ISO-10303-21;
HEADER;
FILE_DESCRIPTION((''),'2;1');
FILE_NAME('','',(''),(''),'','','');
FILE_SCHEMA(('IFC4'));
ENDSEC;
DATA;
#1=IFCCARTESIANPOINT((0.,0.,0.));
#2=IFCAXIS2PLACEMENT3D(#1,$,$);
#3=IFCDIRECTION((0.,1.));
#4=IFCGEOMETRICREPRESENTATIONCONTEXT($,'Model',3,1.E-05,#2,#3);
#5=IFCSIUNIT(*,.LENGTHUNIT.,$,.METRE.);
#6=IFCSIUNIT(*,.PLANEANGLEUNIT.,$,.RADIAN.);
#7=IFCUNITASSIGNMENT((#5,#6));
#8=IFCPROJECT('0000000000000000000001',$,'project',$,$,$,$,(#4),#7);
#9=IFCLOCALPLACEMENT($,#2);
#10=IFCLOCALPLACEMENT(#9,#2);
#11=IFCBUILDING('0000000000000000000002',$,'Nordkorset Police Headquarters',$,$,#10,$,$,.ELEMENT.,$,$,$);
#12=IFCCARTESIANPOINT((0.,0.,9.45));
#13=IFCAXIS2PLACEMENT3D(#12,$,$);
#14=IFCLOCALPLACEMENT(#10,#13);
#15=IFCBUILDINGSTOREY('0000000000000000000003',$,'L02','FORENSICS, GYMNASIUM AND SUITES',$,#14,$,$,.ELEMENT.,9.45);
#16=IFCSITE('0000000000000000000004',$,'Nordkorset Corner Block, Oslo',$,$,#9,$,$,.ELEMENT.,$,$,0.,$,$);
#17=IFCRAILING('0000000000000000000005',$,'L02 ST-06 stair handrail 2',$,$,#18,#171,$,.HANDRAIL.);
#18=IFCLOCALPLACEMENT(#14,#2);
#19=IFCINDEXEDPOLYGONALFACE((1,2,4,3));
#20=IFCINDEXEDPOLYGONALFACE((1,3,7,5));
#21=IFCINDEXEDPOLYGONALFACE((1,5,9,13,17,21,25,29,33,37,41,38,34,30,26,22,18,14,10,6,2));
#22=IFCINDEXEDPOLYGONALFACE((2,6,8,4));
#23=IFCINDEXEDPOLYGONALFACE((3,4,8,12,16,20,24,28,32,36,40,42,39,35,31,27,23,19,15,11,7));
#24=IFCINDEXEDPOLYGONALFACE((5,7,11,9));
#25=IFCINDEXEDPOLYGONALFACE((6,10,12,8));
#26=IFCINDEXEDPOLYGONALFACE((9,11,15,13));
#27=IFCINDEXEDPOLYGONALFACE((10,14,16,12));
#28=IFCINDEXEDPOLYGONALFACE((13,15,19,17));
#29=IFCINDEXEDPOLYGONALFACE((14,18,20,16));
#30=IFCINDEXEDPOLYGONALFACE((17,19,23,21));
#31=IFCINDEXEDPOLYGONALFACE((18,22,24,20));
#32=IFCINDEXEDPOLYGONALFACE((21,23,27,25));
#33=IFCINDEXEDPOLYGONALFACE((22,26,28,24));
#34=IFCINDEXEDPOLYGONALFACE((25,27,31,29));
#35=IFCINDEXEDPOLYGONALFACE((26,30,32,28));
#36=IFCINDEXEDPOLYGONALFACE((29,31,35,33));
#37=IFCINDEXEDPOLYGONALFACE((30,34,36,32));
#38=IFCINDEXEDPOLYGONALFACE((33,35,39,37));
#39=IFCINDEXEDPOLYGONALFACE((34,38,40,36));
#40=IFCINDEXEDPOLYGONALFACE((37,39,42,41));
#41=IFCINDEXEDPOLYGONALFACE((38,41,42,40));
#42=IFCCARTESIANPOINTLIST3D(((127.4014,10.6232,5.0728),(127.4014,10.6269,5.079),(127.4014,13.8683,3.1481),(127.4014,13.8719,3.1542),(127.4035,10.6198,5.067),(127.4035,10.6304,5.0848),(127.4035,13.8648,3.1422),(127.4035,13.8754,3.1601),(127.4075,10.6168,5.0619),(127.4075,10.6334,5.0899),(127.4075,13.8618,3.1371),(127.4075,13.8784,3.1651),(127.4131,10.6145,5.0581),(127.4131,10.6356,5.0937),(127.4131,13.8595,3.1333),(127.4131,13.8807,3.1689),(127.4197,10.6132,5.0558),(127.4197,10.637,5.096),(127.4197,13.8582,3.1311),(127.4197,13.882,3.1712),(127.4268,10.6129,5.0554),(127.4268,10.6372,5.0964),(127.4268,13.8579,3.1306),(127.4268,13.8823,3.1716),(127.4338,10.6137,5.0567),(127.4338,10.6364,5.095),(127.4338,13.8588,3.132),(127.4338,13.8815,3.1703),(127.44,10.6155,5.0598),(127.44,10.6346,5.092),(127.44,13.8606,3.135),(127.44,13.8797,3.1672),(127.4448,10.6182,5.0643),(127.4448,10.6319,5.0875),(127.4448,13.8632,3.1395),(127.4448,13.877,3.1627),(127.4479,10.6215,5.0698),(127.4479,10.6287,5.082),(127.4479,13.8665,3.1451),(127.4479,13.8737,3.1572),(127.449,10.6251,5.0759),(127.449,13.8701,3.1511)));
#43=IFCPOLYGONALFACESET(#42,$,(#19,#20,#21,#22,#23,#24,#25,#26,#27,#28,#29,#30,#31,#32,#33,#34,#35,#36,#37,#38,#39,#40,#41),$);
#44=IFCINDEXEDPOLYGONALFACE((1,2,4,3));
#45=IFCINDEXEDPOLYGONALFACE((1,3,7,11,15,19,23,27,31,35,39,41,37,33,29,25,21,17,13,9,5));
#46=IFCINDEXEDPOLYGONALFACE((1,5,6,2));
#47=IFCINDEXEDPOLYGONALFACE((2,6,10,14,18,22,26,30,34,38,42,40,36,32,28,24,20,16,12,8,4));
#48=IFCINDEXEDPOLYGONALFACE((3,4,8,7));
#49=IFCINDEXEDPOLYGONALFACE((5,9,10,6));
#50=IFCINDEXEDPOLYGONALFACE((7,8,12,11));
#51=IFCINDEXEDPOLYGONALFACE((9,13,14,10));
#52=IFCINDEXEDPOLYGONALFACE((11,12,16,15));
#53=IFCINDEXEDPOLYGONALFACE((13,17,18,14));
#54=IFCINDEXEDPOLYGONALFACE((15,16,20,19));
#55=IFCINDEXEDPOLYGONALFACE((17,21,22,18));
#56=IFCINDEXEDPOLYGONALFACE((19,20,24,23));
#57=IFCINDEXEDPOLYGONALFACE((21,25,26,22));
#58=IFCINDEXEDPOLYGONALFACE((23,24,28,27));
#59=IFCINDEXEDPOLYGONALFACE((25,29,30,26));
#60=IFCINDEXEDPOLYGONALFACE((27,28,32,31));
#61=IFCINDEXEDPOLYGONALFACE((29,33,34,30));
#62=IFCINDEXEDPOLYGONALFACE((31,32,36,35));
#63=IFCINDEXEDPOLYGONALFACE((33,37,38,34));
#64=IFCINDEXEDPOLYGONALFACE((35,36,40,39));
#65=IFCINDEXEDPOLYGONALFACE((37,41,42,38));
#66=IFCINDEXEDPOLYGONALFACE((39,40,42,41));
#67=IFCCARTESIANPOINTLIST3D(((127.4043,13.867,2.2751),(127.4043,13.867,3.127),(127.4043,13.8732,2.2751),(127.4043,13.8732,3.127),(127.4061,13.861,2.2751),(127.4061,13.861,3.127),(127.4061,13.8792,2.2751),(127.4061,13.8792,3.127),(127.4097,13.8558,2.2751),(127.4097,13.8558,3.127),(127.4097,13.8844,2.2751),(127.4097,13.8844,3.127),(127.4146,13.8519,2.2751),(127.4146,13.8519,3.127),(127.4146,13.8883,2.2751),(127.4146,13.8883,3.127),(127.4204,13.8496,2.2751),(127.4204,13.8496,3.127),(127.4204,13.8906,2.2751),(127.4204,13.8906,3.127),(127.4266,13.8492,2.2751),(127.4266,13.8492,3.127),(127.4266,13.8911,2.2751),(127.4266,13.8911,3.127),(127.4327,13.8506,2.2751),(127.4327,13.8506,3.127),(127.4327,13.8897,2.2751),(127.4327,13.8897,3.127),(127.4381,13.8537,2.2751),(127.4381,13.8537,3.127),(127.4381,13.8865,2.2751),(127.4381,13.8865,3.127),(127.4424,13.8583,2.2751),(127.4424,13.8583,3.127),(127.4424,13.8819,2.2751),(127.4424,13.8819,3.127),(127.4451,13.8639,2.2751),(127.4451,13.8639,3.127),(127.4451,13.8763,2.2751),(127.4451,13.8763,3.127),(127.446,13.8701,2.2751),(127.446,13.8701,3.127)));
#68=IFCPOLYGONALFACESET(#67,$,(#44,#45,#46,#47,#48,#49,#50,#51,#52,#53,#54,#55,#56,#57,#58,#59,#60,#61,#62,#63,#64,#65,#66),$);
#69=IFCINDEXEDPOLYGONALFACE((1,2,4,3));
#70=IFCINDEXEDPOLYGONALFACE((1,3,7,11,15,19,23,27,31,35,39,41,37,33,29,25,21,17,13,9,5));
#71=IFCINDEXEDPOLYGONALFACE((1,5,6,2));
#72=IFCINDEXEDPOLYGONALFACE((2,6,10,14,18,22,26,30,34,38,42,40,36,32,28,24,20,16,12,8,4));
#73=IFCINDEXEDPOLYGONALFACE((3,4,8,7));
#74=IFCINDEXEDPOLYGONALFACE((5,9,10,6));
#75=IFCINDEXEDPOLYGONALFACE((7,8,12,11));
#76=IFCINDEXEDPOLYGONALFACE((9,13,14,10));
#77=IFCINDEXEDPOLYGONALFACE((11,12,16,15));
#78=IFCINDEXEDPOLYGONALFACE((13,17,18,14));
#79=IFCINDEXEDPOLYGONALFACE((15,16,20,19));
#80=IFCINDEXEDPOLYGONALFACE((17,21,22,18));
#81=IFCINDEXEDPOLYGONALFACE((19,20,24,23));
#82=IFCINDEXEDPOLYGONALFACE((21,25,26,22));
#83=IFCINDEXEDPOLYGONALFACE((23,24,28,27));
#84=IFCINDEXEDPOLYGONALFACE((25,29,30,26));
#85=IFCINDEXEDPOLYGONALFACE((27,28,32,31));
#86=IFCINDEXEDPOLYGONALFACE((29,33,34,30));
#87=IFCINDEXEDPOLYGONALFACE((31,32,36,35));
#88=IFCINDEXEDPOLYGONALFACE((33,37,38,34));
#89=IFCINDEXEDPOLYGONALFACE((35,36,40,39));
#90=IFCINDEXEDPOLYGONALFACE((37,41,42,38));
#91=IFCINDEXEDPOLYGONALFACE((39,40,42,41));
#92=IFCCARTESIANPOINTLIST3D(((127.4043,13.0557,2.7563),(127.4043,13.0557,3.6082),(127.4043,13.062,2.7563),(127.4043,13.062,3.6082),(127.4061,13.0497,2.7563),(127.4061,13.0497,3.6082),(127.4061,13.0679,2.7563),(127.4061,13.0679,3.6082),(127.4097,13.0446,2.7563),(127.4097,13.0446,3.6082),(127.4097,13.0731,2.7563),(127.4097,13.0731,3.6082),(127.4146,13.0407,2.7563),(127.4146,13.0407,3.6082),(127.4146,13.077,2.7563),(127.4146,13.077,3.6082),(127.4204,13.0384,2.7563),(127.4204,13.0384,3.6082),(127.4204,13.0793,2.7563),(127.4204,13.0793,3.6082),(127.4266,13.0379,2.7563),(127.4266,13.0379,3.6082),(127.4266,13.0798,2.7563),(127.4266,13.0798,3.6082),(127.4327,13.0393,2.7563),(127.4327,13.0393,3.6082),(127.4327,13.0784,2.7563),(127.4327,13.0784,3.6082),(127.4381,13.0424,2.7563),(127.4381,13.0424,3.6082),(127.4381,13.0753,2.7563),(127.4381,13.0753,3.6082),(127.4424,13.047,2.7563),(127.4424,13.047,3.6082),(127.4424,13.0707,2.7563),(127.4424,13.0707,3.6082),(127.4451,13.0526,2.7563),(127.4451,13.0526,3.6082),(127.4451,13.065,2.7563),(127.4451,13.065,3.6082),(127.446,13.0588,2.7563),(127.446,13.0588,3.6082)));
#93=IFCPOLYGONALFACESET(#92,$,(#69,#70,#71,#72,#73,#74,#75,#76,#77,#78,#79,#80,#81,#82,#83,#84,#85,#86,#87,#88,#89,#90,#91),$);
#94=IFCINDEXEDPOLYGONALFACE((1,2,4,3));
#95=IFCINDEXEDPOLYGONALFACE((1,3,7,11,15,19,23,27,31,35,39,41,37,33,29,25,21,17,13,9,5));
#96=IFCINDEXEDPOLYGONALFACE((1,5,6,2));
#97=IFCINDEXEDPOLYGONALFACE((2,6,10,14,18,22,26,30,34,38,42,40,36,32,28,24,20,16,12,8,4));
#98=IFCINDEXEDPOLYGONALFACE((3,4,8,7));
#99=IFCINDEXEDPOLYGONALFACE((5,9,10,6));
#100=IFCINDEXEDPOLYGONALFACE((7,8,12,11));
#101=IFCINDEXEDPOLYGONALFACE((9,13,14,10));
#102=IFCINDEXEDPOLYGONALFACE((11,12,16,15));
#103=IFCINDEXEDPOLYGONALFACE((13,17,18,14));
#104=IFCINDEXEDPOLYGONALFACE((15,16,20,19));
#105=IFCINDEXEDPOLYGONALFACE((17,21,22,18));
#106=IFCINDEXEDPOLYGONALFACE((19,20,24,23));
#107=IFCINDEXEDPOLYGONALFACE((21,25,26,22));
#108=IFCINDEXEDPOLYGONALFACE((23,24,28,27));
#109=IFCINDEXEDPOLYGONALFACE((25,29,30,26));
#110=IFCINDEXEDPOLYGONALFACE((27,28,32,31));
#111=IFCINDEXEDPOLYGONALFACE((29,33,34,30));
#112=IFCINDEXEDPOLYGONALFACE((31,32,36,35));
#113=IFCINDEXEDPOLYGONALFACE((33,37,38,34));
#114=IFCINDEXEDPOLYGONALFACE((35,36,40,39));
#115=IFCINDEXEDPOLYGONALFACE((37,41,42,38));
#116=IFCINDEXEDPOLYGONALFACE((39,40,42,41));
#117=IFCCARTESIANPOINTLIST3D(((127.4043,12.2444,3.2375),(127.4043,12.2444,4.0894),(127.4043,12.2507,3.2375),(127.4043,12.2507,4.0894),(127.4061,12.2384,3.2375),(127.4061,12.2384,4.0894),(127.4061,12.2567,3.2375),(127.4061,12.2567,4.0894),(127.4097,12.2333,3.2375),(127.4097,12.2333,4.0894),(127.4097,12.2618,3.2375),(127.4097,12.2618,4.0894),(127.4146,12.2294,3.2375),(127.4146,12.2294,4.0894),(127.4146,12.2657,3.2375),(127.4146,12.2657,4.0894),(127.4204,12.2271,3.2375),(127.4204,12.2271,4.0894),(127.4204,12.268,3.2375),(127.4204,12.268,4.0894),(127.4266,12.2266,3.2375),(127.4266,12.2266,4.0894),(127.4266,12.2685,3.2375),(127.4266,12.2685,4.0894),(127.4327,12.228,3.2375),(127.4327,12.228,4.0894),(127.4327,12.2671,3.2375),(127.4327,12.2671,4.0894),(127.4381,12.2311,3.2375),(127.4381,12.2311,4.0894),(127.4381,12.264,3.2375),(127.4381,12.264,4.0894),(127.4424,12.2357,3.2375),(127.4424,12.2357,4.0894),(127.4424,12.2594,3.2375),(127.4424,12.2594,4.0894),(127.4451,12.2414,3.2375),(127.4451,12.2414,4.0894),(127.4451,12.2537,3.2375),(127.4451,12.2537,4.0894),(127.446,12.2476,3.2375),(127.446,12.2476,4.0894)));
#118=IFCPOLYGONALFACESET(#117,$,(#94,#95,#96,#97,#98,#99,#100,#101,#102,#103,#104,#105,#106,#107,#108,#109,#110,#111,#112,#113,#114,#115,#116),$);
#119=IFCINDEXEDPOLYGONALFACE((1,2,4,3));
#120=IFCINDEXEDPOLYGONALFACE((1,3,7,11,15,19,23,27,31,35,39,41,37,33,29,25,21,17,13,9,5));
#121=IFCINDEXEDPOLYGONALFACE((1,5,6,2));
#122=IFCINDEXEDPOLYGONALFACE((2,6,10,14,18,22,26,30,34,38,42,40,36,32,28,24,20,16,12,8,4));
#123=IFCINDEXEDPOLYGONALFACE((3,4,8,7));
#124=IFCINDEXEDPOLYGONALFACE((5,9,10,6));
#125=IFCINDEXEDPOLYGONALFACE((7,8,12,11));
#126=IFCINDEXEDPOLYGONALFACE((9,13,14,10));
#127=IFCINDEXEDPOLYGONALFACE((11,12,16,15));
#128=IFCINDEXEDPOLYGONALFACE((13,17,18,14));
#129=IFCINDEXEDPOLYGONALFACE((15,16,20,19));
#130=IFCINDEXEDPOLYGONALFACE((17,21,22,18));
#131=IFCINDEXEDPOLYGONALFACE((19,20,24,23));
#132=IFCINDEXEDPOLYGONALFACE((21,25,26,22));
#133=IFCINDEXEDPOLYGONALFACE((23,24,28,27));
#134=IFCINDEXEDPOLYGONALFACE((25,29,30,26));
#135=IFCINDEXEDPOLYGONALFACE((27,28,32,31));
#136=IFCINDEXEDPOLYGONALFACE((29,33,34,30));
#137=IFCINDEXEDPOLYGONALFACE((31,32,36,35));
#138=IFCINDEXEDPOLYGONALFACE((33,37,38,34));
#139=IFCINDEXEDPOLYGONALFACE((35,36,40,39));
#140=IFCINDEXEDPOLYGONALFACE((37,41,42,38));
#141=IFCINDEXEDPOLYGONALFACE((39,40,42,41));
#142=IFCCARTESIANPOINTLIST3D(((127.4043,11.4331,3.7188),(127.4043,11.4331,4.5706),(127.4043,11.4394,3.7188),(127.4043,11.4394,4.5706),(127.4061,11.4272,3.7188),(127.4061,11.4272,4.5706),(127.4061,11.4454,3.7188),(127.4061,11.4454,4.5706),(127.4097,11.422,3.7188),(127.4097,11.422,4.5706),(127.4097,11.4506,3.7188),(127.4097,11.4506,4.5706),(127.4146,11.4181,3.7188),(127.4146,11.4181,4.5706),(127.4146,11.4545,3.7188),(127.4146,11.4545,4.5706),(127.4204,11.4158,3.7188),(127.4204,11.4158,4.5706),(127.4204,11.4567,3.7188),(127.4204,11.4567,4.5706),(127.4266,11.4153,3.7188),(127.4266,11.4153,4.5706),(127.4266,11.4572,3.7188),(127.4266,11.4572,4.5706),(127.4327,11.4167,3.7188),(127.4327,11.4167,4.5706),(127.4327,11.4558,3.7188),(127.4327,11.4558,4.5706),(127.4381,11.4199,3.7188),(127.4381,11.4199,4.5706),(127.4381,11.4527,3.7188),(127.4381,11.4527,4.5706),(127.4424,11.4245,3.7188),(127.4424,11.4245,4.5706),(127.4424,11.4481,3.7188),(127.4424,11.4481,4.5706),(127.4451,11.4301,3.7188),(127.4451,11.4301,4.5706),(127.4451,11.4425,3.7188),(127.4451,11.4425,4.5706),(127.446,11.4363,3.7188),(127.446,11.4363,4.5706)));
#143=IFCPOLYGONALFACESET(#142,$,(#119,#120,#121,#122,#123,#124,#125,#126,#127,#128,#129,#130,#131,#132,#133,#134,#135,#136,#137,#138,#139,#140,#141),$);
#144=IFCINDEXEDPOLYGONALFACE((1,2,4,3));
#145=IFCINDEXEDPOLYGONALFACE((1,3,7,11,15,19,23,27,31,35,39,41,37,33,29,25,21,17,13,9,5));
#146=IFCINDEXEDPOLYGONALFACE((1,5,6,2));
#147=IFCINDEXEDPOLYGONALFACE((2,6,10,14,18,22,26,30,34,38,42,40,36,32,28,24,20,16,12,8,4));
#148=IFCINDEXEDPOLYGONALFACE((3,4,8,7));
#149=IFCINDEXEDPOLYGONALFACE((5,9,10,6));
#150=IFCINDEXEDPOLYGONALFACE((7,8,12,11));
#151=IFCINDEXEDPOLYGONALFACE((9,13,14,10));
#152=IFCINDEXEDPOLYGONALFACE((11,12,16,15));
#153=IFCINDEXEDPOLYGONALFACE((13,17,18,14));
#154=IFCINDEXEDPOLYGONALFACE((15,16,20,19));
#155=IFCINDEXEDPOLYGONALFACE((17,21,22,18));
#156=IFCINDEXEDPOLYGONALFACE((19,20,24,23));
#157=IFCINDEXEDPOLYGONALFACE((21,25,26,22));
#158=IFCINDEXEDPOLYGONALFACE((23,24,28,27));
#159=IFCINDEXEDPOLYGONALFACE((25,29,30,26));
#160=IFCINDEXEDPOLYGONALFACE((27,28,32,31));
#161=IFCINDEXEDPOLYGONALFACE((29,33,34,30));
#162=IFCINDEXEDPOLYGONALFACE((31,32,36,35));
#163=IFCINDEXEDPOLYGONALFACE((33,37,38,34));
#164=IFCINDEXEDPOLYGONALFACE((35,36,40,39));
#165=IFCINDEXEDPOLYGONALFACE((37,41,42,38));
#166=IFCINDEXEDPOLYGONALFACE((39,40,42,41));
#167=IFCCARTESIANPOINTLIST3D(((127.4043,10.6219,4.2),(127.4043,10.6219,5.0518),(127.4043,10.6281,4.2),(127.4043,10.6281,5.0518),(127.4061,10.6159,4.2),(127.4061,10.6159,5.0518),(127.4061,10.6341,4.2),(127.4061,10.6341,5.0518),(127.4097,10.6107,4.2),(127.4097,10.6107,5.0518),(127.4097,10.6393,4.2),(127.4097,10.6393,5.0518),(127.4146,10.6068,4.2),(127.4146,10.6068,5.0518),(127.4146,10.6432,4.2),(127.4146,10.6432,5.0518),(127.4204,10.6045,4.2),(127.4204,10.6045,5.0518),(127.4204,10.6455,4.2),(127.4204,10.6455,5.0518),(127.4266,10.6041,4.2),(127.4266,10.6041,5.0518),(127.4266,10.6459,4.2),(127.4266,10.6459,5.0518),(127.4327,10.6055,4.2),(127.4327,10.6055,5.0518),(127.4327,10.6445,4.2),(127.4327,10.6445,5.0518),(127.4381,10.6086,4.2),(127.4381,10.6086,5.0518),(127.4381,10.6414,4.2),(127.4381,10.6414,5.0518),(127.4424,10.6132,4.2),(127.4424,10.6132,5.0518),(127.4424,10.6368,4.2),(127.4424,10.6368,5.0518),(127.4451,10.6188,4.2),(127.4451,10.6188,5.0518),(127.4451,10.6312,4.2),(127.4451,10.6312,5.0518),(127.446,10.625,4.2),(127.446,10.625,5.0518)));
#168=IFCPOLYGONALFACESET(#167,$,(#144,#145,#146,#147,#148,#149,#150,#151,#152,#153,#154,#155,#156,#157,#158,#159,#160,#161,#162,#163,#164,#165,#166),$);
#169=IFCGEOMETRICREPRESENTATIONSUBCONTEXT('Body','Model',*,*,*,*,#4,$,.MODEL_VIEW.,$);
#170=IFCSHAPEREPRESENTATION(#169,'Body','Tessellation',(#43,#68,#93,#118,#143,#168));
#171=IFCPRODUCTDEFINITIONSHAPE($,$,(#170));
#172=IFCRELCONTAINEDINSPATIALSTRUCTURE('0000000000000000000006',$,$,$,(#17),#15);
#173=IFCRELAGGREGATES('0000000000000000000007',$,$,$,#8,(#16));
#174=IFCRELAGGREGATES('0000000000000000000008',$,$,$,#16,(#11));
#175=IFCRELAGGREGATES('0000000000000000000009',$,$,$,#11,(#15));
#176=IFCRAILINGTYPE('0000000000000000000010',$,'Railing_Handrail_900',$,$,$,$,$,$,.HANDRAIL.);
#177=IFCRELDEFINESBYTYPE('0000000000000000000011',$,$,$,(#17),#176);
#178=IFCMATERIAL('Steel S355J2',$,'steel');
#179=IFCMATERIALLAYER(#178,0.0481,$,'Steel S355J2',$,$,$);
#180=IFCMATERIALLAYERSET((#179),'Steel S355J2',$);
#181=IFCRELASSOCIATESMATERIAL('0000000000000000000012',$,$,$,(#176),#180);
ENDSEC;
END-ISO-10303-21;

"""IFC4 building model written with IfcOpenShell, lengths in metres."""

from ifc_helpers import new_model, si_unit, direction, frame, origin, origin_2d, place, context, subcontext, project, spatial, circle, extrude, material, layer, layer_set, type_object, element, save


model = new_model("IFC4")

# Units and contexts
model_context = context("Model", 3, precision=1e-05, world=origin(), true_north=direction((0.0, 1.0)))
body_context = subcontext(model_context, "Body", "Model", "MODEL_VIEW")
ifc_project = project(units=[si_unit("LENGTHUNIT", "METRE"), si_unit("PLANEANGLEUNIT", "RADIAN")], contexts=[model_context])

# Site, building, storey
site_placement = place(None, origin())
site = spatial("IfcSite", under=ifc_project, at=site_placement, Name="Nordkorset Corner Block, Oslo", CompositionType="ELEMENT", RefElevation=0.0)
building_placement = place(site_placement, origin())
building = spatial("IfcBuilding", under=site, at=building_placement, Name="Nordkorset Police Headquarters", CompositionType="ELEMENT")
storey_placement = place(building_placement, frame((0.0, 0.0, 9.45)))
storey = spatial("IfcBuildingStorey", under=building, at=storey_placement, Name="L02", Description="FORENSICS, GYMNASIUM AND SUITES", CompositionType="ELEMENT", Elevation=9.45)

# Railing
ifc_material_1 = material(Name="Steel S355J2", Category="steel")
ifc_layer_1 = layer(ifc_material_1, 0.0481, Name="Steel S355J2")
ifc_layer_set_1 = layer_set([ifc_layer_1], Name="Steel S355J2")
railing_type_1 = type_object("IfcRailingType", Name="Railing_Handrail_900", PredefinedType="HANDRAIL", material=ifc_layer_set_1)
railing_1_placement = place(storey_placement, frame((127.425, 13.8701, 2.2751)))
element("IfcRailing", 1, at=railing_1_placement, inside=storey, type_object=railing_type_1, Name="L02 ST-06 stair handrail 2", PredefinedType="HANDRAIL", context=body_context, shape_type="SweptSolid", body=[
    extrude(circle(Radius=0.0239, at=origin_2d()), frame((0.0, 0.0, 0.876), z_axis=(0.0, -0.860085, 0.51015), x_axis=(1.0, 0.0, 0.0)), (0.0, 0.0, 1.0), 3.7729),
    extrude(circle(Radius=0.021, at=origin_2d()), origin(), (0.0, 0.0, 1.0), 0.8518),
    extrude(circle(Radius=0.021, at=origin_2d()), frame((0.0, -0.8113, 0.4812)), (0.0, 0.0, 1.0), 0.8518),
    extrude(circle(Radius=0.021, at=origin_2d()), frame((0.0, -1.6226, 0.9624)), (0.0, 0.0, 1.0), 0.8518),
    extrude(circle(Radius=0.021, at=origin_2d()), frame((0.0, -2.4338, 1.4436)), (0.0, 0.0, 1.0), 0.8518),
    extrude(circle(Radius=0.021, at=origin_2d()), frame((0.0, -3.2451, 1.9248)), (0.0, 0.0, 1.0), 0.8518),
])

save(model, "model.ifc")
